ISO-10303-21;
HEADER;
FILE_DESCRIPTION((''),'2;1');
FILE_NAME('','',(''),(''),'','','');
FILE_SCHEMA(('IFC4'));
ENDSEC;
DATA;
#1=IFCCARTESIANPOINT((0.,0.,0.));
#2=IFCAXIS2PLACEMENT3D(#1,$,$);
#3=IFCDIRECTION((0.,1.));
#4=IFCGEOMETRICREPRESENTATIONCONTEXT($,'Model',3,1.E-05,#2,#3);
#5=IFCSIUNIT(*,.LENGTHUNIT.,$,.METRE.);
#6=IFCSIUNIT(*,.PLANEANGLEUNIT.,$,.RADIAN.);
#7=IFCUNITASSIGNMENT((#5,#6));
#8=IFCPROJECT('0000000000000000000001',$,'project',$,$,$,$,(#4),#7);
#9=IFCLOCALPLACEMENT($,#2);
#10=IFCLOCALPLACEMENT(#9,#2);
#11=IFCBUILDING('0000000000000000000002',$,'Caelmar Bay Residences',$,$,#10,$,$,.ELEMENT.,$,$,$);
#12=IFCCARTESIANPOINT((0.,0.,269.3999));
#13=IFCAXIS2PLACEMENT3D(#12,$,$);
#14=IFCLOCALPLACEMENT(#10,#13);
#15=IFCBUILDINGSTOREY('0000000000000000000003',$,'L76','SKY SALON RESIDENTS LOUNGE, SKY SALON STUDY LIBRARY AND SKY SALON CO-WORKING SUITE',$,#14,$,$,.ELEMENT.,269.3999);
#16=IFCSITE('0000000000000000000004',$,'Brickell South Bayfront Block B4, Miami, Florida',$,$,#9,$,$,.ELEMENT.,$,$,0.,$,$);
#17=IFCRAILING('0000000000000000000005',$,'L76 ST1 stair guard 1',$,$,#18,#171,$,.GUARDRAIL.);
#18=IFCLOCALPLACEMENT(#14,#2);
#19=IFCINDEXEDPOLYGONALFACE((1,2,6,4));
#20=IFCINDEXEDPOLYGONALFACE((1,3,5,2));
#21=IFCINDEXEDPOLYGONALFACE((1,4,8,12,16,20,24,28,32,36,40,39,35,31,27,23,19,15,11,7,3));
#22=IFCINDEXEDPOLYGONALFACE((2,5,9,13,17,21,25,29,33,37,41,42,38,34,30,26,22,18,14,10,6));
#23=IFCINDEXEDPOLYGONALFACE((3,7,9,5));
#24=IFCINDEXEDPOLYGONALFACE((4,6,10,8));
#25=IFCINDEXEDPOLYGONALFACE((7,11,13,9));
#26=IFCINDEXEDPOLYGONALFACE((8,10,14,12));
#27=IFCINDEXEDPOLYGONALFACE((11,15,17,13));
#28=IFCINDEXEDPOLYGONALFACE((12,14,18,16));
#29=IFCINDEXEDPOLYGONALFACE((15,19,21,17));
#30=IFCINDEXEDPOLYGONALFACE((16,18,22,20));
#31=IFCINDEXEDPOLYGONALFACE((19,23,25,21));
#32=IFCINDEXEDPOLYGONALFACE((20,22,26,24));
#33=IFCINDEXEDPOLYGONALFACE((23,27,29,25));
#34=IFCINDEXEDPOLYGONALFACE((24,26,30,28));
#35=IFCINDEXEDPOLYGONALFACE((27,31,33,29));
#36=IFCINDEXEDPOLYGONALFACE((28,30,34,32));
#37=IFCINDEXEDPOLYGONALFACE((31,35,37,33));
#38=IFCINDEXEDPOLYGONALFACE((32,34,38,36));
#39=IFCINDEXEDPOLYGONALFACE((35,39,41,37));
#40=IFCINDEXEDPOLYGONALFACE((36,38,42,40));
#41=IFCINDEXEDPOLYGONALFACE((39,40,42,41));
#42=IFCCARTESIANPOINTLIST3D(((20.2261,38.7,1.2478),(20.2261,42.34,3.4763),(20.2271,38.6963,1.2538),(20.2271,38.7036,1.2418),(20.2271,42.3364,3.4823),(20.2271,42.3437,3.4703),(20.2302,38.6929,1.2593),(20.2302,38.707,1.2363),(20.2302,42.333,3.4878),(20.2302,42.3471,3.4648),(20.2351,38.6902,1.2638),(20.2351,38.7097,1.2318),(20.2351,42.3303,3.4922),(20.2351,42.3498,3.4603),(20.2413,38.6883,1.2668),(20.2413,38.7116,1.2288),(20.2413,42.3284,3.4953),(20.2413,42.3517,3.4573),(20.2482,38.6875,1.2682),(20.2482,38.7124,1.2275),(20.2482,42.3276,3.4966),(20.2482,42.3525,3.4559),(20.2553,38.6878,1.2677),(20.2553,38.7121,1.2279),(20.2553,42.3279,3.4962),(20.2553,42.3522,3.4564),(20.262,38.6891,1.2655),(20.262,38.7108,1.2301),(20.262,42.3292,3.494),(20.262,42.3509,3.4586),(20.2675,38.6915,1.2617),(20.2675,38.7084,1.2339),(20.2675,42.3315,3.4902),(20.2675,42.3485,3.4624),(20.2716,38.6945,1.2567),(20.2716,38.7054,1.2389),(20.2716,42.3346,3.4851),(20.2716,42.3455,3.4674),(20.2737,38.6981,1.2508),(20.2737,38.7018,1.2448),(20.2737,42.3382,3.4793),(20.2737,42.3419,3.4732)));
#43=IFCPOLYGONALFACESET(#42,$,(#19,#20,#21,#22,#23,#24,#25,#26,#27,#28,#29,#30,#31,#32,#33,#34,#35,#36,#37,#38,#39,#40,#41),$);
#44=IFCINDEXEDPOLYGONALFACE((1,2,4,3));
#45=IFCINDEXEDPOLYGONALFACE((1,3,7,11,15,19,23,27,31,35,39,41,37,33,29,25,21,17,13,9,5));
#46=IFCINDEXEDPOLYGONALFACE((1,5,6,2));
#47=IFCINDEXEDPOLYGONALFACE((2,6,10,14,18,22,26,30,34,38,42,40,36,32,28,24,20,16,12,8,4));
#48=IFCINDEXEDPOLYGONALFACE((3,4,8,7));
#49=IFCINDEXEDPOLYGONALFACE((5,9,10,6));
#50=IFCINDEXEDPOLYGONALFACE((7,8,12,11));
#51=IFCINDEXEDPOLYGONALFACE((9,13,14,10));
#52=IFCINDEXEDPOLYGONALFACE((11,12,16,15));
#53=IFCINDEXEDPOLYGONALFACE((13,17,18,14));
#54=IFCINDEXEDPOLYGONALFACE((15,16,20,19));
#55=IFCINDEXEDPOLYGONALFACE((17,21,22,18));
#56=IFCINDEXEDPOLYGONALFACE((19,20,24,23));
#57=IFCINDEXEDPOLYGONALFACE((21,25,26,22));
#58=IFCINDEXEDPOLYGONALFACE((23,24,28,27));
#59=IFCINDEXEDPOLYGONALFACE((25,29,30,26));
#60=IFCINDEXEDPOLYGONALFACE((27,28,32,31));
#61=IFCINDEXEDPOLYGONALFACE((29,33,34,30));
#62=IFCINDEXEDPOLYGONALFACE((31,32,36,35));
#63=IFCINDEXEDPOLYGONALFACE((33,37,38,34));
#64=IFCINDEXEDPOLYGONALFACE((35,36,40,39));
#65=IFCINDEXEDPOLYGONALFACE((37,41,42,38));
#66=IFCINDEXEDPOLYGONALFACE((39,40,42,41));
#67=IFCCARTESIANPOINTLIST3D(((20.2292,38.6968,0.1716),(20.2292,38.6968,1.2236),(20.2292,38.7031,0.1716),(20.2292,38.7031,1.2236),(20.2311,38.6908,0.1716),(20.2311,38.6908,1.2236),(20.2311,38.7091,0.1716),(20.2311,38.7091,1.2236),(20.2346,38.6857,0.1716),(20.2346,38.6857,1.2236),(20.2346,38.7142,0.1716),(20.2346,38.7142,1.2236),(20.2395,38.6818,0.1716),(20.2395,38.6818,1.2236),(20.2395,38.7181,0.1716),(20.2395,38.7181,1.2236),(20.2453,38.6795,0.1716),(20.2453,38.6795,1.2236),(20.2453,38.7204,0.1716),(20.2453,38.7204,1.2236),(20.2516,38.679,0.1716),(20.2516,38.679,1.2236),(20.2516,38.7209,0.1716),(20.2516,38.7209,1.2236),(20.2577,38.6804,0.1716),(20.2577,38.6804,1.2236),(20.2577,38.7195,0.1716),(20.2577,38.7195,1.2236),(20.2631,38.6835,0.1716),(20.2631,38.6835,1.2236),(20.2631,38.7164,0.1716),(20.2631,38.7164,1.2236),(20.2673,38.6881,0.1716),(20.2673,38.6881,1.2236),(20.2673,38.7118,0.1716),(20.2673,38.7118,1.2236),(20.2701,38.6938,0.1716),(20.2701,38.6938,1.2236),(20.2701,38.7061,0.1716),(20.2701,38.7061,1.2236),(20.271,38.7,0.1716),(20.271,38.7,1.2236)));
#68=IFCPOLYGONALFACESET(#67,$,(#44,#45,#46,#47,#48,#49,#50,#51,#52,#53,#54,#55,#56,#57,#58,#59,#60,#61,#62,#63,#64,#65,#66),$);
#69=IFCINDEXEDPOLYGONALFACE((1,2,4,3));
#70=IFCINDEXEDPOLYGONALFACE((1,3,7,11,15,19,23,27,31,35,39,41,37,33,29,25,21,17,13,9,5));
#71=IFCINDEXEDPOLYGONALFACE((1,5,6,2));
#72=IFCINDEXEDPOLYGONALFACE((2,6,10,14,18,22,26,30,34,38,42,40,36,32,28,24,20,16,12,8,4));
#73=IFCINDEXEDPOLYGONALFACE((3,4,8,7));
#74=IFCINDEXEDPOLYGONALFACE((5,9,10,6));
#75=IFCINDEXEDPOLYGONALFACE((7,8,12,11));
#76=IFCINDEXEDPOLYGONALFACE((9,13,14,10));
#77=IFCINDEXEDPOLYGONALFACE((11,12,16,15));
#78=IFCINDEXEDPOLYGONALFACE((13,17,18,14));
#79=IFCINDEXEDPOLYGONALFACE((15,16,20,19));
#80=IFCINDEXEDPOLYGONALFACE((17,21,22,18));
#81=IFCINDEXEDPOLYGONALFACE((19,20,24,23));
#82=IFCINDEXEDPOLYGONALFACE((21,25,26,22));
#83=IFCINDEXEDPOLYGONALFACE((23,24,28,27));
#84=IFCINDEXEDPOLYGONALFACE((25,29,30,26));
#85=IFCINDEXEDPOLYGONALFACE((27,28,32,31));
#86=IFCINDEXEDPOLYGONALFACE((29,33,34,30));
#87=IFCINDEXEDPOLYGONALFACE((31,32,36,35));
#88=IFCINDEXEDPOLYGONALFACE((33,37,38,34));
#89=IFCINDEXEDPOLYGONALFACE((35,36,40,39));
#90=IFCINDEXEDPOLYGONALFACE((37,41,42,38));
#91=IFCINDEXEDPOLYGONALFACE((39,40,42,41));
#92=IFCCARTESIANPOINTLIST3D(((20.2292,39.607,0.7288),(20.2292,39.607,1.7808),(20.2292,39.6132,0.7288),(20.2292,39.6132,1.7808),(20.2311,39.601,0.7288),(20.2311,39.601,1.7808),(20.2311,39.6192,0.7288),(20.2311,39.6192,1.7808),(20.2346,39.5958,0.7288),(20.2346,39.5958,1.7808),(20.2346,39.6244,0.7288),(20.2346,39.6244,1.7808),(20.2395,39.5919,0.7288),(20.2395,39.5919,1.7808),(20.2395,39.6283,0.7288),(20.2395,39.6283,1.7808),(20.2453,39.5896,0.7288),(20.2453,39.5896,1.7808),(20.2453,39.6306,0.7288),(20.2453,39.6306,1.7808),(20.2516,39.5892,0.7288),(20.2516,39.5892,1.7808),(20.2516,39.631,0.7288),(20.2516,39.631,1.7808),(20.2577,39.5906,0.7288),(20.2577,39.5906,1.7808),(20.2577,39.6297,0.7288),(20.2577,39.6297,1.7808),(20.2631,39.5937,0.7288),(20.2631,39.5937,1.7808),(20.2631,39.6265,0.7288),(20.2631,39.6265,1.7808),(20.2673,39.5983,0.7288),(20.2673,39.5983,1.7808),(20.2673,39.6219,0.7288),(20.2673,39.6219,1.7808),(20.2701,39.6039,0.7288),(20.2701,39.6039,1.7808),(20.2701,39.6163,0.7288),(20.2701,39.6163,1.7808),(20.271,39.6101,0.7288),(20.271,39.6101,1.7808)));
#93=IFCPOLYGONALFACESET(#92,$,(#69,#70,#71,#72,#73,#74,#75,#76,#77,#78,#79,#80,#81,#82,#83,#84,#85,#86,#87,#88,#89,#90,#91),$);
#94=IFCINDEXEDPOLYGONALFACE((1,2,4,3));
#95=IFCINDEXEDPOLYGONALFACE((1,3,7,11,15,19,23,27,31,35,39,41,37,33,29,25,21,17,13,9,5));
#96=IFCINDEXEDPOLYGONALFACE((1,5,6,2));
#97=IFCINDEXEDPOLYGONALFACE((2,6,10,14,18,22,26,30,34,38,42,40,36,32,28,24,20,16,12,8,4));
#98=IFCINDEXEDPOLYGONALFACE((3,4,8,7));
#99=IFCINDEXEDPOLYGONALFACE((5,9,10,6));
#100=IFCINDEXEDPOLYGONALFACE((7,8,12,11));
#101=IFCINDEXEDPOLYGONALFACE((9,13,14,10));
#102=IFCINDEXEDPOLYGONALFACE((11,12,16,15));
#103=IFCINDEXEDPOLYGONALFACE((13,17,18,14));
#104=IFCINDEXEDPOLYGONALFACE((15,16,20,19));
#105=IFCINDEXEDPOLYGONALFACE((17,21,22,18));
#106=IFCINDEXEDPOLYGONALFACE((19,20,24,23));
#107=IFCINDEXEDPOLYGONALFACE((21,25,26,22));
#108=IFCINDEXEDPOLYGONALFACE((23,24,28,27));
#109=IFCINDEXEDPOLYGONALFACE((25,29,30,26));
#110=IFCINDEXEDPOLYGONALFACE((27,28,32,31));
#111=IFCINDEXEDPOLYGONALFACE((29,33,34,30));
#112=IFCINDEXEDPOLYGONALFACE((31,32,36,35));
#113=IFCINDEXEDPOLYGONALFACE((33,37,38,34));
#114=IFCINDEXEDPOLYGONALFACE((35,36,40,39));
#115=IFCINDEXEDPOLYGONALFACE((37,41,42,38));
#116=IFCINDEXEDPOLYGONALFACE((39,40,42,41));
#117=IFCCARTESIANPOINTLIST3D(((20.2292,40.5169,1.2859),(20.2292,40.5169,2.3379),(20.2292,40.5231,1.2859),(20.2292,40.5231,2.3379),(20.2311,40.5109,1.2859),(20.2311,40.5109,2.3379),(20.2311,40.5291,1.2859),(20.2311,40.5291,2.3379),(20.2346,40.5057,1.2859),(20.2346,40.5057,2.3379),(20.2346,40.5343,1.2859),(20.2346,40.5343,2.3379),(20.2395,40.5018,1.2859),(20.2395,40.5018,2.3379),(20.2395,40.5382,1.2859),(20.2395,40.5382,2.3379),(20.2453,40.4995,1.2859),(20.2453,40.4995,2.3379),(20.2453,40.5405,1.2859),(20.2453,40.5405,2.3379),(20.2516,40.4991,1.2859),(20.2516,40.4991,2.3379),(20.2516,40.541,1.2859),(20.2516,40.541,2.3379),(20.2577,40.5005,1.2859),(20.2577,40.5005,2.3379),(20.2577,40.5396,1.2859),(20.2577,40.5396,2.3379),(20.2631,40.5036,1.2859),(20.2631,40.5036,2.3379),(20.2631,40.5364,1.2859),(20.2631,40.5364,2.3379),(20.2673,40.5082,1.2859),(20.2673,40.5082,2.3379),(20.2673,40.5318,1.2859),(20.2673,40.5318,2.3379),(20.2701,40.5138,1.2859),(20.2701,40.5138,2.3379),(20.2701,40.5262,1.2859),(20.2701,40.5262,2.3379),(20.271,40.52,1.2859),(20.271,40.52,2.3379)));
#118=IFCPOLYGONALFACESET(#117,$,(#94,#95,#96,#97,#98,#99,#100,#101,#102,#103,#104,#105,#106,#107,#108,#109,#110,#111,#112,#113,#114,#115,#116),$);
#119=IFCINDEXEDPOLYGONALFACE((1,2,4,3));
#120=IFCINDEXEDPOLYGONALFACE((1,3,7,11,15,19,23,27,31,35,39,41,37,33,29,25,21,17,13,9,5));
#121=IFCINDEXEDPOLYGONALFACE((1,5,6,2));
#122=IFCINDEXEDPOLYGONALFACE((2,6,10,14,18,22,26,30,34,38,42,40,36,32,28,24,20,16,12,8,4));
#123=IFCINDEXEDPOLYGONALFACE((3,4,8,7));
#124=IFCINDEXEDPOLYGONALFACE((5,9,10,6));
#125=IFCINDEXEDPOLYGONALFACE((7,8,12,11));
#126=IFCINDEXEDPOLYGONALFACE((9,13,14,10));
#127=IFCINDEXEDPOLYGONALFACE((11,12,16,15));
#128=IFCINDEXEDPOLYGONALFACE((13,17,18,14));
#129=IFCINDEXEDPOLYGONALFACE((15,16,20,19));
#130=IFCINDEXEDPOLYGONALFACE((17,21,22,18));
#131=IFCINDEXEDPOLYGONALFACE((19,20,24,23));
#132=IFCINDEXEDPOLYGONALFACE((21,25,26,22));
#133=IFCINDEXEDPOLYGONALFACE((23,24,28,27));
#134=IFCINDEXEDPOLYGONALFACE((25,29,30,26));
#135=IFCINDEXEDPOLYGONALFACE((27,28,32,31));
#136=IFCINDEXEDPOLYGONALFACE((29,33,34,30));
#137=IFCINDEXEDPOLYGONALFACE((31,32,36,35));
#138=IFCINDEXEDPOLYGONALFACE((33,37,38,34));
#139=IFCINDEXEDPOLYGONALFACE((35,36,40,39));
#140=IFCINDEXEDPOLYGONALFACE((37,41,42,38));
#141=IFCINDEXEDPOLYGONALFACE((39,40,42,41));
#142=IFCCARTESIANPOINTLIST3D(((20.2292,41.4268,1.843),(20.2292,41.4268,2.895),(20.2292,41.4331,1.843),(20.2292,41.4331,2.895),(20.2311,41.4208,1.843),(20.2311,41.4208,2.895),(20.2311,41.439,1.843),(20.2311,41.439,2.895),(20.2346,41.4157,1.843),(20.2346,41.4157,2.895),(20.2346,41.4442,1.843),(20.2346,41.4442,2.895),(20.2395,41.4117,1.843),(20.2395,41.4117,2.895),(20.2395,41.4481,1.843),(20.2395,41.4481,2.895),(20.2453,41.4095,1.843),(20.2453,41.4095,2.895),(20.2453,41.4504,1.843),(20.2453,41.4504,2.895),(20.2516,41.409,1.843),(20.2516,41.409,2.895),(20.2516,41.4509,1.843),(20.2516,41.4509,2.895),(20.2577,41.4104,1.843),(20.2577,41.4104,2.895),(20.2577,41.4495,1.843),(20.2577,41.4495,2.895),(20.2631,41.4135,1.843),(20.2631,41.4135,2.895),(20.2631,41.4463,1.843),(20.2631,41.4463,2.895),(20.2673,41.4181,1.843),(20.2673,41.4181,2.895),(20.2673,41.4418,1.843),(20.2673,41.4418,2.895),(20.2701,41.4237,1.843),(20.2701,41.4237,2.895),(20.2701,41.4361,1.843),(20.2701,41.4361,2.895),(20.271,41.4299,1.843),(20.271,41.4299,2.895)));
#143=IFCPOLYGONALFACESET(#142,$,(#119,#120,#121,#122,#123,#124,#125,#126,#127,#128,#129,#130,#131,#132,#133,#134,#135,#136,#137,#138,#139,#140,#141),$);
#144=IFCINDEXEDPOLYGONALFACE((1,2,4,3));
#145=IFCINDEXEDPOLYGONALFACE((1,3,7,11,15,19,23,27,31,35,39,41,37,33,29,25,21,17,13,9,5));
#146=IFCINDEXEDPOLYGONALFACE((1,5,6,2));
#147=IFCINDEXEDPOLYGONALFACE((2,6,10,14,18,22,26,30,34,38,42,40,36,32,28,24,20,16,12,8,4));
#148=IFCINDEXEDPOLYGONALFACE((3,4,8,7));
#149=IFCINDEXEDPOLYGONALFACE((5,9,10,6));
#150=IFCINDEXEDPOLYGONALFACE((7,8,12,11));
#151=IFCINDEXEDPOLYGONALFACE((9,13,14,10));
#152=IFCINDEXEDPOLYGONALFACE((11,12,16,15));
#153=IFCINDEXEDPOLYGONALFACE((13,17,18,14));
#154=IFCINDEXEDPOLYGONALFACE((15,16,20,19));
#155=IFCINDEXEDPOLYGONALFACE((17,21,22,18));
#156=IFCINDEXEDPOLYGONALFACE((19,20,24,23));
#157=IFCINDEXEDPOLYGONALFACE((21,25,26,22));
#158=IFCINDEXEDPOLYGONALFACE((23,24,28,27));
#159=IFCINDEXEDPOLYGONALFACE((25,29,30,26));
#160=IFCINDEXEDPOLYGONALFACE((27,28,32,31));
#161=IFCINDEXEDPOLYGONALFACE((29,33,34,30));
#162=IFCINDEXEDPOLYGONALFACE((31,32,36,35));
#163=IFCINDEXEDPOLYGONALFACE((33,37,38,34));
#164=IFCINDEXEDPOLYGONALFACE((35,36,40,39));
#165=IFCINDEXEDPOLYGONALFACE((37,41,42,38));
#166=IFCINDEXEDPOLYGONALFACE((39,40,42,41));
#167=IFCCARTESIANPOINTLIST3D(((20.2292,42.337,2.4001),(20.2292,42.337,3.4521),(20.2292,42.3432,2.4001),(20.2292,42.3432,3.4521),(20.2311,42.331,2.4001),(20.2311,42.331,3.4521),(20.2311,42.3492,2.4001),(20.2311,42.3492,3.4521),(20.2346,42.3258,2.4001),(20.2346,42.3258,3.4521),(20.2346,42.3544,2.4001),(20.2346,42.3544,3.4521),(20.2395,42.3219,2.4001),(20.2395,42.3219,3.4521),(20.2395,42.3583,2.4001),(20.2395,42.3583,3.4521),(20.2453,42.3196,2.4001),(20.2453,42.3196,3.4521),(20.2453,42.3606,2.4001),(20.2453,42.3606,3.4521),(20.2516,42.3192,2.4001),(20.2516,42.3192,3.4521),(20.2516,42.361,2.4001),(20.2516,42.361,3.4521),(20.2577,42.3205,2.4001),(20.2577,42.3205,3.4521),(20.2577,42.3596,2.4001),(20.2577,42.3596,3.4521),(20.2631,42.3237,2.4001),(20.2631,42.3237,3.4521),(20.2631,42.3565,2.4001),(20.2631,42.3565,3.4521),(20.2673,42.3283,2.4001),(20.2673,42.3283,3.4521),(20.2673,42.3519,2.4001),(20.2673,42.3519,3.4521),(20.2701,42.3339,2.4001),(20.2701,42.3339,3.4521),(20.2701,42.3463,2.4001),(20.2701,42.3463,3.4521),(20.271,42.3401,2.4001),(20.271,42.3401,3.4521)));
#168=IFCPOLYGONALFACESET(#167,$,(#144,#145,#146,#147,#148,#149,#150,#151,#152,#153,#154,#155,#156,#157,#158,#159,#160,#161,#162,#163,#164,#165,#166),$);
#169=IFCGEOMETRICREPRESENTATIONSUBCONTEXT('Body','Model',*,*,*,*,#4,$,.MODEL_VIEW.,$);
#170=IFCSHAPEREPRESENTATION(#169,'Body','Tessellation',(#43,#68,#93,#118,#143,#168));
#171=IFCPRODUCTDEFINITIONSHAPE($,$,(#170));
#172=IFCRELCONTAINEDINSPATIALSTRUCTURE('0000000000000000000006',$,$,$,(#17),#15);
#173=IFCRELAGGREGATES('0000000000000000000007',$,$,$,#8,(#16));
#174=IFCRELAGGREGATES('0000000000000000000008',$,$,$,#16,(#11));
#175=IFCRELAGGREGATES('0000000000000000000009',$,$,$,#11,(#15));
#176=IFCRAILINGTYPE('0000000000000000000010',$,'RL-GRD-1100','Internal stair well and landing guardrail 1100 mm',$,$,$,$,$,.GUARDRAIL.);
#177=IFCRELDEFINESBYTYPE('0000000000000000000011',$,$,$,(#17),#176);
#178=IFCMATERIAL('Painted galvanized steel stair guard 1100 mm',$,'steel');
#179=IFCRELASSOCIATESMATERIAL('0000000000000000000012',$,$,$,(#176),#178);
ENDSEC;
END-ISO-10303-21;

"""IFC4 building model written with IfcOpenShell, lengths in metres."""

from ifc_helpers import new_model, si_unit, direction, frame, origin, origin_2d, place, context, subcontext, project, spatial, circle, extrude, material, type_object, element, save


model = new_model("IFC4")

# Units and contexts
model_context = context("Model", 3, precision=1e-05, world=origin(), true_north=direction((0.0, 1.0)))
body_context = subcontext(model_context, "Body", "Model", "MODEL_VIEW")
ifc_project = project(units=[si_unit("LENGTHUNIT", "METRE"), si_unit("PLANEANGLEUNIT", "RADIAN")], contexts=[model_context])

# Site, building, storey
site_placement = place(None, origin())
site = spatial("IfcSite", under=ifc_project, at=site_placement, Name="Brickell South Bayfront Block B4, Miami, Florida", CompositionType="ELEMENT", RefElevation=0.0)
building_placement = place(site_placement, origin())
building = spatial("IfcBuilding", under=site, at=building_placement, Name="Caelmar Bay Residences", CompositionType="ELEMENT")
storey_placement = place(building_placement, frame((0.0, 0.0, 269.3999)))
storey = spatial("IfcBuildingStorey", under=building, at=storey_placement, Name="L76", Description="SKY SALON RESIDENTS LOUNGE, SKY SALON STUDY LIBRARY AND SKY SALON CO-WORKING SUITE", CompositionType="ELEMENT", Elevation=269.3999)

# Railing
ifc_material_1 = material(Name="Painted galvanized steel stair guard 1100 mm", Category="steel")
railing_type_1 = type_object("IfcRailingType", Name="RL-GRD-1100", Description="Internal stair well and landing guardrail 1100 mm", PredefinedType="GUARDRAIL", material=ifc_material_1)
railing_1_placement = place(storey_placement, frame((20.25, 38.7, 0.1716)))
element("IfcRailing", 1, at=railing_1_placement, inside=storey, type_object=railing_type_1, Name="L76 ST1 stair guard 1", PredefinedType="GUARDRAIL", context=body_context, shape_type="SweptSolid", body=[
    extrude(circle(Radius=0.0239, at=origin_2d()), frame((0.0, 0.0, 1.0762), z_axis=(0.0, 0.852866, 0.52213), x_axis=(-1.0, 0.0, 0.0)), (0.0, 0.0, 1.0), 4.2681),
    extrude(circle(Radius=0.021, at=origin_2d()), origin(), (0.0, 0.0, 1.0), 1.052),
    extrude(circle(Radius=0.021, at=origin_2d()), frame((0.0, 0.9102, 0.5571)), (0.0, 0.0, 1.0), 1.052),
    extrude(circle(Radius=0.021, at=origin_2d()), frame((0.0, 1.8201, 1.1143)), (0.0, 0.0, 1.0), 1.052),
    extrude(circle(Radius=0.021, at=origin_2d()), frame((0.0, 2.73, 1.6714)), (0.0, 0.0, 1.0), 1.052),
    extrude(circle(Radius=0.021, at=origin_2d()), frame((0.0, 3.6401, 2.2285)), (0.0, 0.0, 1.0), 1.052),
])

save(model, "model.ifc")
